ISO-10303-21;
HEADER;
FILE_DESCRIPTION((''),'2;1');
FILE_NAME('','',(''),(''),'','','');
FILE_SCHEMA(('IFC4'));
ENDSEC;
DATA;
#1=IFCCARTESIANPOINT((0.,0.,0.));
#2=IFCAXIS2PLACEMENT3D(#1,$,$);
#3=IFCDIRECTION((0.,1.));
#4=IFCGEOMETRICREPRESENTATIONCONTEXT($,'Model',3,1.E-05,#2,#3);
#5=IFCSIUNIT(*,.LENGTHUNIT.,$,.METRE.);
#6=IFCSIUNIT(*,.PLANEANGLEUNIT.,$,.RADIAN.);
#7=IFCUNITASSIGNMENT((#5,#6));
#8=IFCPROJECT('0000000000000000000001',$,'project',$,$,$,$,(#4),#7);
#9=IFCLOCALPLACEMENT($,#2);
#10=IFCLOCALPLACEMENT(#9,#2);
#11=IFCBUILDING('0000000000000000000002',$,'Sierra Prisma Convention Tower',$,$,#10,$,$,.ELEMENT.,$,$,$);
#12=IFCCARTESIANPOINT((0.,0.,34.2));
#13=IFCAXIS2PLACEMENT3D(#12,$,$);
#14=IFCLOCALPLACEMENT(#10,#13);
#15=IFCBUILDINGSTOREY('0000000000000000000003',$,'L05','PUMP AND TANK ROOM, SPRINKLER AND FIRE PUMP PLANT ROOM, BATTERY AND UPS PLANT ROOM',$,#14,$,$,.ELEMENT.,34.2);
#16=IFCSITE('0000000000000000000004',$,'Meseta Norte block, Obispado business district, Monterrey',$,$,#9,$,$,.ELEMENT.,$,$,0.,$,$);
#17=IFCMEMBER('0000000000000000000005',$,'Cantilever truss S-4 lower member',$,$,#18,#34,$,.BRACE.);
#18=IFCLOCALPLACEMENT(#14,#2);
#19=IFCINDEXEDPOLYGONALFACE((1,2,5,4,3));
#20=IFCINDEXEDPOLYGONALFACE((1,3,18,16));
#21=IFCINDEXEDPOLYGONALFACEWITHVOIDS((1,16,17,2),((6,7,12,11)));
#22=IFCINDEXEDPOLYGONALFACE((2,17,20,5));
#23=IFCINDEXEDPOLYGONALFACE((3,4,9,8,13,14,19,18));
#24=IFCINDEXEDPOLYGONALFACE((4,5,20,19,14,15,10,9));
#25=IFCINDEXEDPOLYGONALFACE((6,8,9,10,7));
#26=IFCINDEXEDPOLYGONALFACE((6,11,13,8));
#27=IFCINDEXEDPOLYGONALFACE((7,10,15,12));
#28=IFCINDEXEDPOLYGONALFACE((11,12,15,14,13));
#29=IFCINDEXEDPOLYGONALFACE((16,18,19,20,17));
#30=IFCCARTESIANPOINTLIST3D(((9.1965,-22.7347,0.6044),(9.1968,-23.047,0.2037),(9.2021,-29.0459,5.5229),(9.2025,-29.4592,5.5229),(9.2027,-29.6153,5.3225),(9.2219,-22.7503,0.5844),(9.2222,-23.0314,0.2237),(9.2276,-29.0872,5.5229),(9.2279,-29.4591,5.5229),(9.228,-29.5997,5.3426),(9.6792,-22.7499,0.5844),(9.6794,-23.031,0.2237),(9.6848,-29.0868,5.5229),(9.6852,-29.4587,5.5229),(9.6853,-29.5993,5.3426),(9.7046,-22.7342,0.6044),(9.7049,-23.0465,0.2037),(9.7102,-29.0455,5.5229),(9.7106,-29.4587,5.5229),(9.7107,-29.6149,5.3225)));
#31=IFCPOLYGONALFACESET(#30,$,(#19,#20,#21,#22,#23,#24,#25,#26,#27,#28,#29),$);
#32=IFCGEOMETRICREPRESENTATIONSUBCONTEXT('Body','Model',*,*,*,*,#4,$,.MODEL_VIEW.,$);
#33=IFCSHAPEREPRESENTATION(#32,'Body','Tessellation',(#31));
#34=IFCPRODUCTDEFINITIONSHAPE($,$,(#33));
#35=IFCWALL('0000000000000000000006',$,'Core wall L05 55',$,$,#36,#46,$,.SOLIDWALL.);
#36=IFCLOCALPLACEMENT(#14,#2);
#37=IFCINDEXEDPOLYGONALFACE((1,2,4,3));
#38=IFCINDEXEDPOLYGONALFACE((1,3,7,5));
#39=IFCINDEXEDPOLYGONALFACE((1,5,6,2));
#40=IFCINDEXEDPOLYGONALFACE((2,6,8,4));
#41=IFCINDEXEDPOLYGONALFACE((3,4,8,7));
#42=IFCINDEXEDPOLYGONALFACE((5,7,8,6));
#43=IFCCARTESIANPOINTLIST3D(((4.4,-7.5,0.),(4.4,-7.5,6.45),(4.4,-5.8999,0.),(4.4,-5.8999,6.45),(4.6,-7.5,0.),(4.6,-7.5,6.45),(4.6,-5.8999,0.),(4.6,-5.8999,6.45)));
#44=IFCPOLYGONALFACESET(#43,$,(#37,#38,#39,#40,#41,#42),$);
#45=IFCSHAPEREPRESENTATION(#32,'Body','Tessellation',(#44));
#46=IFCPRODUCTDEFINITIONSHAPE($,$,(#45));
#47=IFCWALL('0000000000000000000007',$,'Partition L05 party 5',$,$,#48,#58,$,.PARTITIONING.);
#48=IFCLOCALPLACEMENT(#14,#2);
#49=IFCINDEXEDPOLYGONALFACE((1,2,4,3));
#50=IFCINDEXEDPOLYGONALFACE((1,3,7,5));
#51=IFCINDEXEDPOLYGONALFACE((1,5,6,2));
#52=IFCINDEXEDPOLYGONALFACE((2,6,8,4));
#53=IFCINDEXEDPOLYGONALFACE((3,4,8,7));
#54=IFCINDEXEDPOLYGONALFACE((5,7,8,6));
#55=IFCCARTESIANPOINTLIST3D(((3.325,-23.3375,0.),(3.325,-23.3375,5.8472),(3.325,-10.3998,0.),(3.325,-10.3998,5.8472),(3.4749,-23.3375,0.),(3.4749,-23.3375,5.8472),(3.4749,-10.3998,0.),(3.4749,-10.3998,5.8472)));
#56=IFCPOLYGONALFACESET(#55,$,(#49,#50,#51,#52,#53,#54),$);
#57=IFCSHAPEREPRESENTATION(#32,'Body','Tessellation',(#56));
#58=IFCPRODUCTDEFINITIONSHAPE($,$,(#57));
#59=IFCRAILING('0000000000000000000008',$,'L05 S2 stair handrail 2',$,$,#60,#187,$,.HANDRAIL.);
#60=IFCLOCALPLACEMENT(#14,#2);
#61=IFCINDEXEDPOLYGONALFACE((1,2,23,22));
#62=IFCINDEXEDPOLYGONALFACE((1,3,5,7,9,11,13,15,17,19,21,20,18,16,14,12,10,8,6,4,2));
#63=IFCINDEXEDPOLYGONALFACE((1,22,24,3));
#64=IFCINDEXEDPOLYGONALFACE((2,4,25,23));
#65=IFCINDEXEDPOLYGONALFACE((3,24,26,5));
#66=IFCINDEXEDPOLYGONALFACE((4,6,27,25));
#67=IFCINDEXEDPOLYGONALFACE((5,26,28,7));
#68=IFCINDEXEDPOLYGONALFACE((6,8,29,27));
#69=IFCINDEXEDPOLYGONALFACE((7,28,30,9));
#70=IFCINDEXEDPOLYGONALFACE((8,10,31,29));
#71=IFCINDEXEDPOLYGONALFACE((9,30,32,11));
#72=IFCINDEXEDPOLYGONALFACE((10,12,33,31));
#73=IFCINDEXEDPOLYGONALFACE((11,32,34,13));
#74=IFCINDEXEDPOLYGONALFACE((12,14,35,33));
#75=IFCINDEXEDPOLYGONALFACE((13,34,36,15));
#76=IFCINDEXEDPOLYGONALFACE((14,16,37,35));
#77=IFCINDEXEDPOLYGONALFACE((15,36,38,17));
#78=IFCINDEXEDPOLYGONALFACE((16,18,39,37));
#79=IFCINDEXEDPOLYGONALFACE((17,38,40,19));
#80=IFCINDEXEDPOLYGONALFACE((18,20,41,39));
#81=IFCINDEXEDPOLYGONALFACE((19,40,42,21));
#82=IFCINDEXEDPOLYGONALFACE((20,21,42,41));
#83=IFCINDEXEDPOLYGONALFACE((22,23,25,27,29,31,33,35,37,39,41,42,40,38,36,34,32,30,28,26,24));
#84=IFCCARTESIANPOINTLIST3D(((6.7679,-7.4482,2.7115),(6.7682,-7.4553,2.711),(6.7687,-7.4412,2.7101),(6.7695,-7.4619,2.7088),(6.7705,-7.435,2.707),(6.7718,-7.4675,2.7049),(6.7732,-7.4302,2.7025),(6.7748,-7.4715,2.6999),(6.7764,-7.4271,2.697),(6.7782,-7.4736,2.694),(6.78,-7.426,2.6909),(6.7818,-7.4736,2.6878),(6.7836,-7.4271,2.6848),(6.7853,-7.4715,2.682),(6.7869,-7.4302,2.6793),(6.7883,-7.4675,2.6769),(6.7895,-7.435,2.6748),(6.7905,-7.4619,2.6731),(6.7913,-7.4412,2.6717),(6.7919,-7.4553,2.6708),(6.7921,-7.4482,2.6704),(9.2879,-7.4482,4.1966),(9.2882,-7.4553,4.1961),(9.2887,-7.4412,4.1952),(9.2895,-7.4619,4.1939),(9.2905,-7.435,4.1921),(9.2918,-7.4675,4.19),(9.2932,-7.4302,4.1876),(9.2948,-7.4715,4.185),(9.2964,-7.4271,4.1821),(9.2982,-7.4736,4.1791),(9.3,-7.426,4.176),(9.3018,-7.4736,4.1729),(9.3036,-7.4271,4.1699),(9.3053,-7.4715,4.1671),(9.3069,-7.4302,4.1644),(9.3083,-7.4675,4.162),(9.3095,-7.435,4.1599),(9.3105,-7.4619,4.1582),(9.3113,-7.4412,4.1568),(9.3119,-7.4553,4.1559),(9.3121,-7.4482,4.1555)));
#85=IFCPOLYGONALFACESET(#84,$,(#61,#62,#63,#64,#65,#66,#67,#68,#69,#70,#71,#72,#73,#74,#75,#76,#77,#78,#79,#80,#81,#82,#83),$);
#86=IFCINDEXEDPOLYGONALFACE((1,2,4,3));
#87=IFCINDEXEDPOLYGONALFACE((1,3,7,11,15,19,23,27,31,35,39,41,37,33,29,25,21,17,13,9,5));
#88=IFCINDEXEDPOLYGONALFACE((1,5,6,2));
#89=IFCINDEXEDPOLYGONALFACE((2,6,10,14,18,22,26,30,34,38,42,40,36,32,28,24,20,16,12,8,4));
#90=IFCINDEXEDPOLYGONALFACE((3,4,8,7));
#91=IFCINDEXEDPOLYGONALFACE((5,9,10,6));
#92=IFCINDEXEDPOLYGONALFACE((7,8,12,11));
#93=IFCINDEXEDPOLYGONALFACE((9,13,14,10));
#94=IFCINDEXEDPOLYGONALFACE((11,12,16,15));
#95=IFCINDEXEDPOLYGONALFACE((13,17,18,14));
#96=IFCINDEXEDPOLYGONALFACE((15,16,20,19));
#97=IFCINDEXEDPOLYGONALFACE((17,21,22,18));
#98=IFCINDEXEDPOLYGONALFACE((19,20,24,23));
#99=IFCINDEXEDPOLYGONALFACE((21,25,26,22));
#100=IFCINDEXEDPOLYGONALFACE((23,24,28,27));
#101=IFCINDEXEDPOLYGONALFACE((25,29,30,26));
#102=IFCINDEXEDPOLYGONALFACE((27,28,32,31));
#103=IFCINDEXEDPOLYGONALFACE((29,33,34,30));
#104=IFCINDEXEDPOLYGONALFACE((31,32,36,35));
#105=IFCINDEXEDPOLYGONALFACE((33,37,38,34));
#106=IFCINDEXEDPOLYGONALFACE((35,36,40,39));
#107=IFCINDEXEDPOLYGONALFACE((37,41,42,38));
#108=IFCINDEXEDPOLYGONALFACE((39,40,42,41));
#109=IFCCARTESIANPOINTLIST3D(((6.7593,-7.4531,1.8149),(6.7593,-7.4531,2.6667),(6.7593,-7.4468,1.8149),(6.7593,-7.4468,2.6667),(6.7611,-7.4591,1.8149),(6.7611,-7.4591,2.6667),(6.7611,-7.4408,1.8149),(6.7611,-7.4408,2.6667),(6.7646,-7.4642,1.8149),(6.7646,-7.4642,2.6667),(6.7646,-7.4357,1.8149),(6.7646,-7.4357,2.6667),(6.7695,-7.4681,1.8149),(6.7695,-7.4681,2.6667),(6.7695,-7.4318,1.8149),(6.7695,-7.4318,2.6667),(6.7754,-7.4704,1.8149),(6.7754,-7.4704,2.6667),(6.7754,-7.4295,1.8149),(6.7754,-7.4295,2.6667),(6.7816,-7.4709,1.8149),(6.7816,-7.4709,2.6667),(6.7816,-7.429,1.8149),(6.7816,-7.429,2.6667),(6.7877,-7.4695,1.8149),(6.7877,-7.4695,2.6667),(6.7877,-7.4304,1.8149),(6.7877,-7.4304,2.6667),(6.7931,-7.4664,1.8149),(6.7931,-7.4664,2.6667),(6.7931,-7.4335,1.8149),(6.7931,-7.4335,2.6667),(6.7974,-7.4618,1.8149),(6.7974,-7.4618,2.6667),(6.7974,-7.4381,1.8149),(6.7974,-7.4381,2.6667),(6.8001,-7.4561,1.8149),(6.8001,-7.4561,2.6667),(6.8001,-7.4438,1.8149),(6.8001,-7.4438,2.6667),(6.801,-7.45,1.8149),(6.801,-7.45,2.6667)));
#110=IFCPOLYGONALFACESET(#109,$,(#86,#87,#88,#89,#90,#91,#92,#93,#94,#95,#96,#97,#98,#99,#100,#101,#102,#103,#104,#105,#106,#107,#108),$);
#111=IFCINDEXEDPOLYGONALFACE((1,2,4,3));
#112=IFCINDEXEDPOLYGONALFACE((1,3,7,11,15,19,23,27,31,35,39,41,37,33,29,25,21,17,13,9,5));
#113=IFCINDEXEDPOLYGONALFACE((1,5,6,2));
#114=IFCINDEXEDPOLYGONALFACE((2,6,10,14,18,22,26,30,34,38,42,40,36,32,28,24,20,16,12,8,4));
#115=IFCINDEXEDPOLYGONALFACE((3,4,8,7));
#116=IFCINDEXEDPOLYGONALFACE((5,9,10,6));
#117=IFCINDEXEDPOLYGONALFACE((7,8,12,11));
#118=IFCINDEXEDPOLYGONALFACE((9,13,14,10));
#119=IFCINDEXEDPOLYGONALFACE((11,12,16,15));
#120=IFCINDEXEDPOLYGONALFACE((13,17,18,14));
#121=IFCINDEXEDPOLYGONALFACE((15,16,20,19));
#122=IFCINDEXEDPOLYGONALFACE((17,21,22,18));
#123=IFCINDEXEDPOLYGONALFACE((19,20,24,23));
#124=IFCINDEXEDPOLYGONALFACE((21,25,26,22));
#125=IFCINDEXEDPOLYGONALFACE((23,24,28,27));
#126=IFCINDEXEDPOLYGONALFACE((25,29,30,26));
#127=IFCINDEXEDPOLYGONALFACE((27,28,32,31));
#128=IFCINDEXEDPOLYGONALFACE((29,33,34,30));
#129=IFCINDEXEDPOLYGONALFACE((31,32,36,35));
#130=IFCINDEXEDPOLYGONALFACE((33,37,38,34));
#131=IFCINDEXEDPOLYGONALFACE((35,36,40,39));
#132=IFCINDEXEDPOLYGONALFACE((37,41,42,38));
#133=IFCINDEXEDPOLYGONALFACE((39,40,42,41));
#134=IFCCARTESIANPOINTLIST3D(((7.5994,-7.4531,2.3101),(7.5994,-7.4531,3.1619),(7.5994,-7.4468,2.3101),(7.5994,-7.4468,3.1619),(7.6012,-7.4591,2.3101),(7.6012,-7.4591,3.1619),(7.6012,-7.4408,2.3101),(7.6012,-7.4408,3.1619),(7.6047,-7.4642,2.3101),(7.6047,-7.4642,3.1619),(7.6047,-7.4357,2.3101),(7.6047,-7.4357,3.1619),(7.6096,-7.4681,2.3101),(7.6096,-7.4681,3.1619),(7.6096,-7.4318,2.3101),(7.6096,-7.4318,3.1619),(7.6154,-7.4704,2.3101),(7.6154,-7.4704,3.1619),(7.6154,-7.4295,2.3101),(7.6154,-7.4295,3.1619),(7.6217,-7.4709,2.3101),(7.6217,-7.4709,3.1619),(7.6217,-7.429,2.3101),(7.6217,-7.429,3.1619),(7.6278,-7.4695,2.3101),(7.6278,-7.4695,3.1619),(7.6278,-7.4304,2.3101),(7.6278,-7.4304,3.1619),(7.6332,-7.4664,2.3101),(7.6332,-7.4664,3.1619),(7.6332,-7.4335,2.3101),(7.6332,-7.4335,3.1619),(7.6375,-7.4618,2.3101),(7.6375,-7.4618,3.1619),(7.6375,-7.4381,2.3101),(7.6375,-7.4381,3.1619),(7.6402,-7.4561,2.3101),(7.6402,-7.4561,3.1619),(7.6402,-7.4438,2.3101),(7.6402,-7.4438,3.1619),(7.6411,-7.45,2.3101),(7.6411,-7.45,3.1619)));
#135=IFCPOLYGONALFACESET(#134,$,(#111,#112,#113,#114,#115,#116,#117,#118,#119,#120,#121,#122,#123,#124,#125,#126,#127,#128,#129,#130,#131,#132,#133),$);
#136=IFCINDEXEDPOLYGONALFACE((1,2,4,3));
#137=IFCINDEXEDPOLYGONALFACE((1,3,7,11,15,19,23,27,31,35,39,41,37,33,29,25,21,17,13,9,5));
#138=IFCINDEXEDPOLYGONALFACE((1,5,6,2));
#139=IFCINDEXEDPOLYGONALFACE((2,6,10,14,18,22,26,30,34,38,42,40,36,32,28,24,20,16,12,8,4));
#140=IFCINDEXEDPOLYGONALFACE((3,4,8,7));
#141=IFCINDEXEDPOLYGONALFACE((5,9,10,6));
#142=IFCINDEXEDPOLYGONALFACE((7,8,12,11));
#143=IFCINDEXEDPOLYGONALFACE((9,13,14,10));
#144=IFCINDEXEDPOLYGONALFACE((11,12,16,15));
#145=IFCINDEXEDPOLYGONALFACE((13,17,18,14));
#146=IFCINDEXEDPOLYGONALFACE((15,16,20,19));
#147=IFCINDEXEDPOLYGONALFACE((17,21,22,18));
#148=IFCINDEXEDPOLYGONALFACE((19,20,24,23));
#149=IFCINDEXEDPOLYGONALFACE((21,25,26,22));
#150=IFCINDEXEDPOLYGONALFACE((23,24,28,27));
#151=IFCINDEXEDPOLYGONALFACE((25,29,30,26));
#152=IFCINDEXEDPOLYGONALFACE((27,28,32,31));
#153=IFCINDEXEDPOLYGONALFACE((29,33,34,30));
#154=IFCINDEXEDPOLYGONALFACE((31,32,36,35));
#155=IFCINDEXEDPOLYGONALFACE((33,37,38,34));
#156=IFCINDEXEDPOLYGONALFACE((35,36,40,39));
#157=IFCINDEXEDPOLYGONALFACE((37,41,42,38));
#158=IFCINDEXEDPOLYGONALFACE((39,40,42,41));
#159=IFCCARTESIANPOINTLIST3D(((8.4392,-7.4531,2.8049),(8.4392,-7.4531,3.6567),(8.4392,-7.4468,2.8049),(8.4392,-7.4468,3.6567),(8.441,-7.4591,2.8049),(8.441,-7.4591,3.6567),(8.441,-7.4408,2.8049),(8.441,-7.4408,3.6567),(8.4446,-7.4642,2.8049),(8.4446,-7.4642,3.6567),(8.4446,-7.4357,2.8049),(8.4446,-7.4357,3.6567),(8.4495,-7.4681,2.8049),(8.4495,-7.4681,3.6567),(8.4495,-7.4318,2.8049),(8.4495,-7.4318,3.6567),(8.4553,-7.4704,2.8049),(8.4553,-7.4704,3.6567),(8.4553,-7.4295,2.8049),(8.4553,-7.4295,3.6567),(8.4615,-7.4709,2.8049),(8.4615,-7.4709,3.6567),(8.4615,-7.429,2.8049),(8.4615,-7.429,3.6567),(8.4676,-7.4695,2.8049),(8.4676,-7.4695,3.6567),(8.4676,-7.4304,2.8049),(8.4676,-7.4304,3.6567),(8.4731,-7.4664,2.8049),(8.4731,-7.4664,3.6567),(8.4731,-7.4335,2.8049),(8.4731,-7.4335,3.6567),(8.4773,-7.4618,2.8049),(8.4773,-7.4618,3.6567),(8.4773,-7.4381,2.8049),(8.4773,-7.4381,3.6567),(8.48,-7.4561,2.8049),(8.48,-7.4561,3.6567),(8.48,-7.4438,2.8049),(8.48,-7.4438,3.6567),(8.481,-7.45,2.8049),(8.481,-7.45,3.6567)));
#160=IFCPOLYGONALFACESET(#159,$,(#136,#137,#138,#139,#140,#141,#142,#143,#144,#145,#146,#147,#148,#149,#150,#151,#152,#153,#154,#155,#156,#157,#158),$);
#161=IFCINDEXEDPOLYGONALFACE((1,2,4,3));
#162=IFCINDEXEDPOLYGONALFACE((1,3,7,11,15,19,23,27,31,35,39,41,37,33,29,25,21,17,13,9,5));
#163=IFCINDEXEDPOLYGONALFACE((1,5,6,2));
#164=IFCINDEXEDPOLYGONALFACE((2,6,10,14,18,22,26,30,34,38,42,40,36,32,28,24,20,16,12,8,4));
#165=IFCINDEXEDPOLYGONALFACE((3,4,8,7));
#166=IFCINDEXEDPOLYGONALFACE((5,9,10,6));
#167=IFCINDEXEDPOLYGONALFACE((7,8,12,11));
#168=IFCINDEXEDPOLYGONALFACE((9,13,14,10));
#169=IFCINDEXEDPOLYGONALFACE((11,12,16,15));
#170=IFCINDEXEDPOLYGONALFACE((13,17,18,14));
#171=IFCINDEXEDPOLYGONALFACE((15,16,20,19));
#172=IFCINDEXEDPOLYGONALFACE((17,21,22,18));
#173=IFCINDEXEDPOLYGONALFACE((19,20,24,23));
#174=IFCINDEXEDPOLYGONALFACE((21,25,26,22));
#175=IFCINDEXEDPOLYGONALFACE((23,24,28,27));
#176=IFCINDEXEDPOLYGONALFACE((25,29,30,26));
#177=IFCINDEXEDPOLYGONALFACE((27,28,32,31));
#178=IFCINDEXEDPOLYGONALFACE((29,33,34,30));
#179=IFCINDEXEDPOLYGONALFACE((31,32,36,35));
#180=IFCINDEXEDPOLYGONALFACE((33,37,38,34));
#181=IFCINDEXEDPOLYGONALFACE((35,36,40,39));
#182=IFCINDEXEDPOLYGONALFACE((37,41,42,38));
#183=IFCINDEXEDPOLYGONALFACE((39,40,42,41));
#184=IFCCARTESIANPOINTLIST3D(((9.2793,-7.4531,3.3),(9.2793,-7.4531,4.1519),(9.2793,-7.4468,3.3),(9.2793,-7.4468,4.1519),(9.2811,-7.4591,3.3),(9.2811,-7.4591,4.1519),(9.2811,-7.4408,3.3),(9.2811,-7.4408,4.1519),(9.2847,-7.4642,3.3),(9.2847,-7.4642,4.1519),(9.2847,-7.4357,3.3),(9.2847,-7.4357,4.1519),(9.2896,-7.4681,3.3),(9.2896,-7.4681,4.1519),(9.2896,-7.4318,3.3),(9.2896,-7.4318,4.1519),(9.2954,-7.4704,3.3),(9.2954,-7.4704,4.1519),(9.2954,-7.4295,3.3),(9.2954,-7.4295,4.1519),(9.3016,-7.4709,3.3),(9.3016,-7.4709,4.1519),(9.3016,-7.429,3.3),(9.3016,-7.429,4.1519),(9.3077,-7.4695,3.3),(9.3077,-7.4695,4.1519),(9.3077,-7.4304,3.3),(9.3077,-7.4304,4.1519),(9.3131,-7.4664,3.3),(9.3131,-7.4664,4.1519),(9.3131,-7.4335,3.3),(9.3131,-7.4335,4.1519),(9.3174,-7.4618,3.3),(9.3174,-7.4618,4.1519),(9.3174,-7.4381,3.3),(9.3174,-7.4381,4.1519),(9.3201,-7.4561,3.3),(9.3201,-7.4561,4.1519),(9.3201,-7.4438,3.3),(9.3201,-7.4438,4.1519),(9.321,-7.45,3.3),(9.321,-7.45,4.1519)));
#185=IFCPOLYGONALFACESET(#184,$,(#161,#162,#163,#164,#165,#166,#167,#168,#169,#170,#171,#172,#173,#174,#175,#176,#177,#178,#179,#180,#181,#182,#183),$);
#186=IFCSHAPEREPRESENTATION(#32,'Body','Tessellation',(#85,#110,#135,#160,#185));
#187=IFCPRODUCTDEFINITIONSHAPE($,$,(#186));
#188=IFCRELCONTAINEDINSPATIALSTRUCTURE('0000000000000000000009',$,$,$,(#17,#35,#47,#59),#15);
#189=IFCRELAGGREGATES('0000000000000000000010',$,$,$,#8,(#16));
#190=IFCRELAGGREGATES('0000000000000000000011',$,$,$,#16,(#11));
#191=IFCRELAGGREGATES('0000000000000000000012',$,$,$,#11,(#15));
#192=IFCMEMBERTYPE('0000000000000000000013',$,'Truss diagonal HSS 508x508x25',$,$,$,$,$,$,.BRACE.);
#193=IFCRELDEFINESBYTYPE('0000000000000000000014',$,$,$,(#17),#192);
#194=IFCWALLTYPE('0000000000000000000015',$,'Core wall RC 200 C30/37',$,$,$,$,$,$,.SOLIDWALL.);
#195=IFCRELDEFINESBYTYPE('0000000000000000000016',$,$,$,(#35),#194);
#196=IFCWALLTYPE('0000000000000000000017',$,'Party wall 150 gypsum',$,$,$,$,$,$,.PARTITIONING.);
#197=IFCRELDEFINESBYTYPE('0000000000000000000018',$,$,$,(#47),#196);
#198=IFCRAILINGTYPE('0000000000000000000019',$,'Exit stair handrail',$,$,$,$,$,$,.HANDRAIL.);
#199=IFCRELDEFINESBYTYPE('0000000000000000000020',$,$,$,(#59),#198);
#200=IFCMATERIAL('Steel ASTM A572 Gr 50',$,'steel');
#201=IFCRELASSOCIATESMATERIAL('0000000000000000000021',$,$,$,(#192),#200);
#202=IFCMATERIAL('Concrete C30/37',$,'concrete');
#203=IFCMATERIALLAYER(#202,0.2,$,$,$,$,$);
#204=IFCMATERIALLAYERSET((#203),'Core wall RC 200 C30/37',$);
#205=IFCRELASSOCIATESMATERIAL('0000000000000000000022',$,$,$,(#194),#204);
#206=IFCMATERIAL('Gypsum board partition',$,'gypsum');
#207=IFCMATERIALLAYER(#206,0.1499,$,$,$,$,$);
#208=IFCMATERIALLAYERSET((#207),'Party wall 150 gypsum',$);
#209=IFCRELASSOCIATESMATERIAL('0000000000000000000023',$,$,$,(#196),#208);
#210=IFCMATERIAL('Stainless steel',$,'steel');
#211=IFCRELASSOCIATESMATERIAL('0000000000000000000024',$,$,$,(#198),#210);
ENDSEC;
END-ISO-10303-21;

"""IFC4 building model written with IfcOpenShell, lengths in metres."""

from ifc_helpers import new_model, si_unit, direction, frame, frame_2d, origin, origin_2d, place, context, subcontext, project, spatial, rectangle, hollow_rectangle, circle, extrude, clip, halfspace, material, layer, layer_set, material_profile, profile_set, type_object, element, save


model = new_model("IFC4")

# Units and contexts
model_context = context("Model", 3, precision=1e-05, world=origin(), true_north=direction((0.0, 1.0)))
body_context = subcontext(model_context, "Body", "Model", "MODEL_VIEW")
ifc_project = project(units=[si_unit("LENGTHUNIT", "METRE"), si_unit("PLANEANGLEUNIT", "RADIAN")], contexts=[model_context])

# Site, building, storey
site_placement = place(None, origin())
site = spatial("IfcSite", under=ifc_project, at=site_placement, Name="Meseta Norte block, Obispado business district, Monterrey", CompositionType="ELEMENT", RefElevation=0.0)
building_placement = place(site_placement, origin())
building = spatial("IfcBuilding", under=site, at=building_placement, Name="Sierra Prisma Convention Tower", CompositionType="ELEMENT")
storey_placement = place(building_placement, frame((0.0, 0.0, 34.2)))
storey = spatial("IfcBuildingStorey", under=building, at=storey_placement, Name="L05", Description="PUMP AND TANK ROOM, SPRINKLER AND FIRE PUMP PLANT ROOM, BATTERY AND UPS PLANT ROOM", CompositionType="ELEMENT", Elevation=34.2)

# Member
ifc_material_1 = material(Name="Steel ASTM A572 Gr 50", Category="steel")
ifc_material_profile_1 = material_profile(ifc_material_1, hollow_rectangle(XDim=0.5081, YDim=0.5081, WallThickness=0.0254, at=origin_2d()), Name="Truss diagonal HSS 508x508x25")
ifc_profile_set_1 = profile_set([ifc_material_profile_1], Name="Steel ASTM A572 Gr 50")
member_type = type_object("IfcMemberType", Name="Truss diagonal HSS 508x508x25", PredefinedType="BRACE", material=ifc_profile_set_1)
member_placement = place(storey_placement, frame((9.4507, -22.8906, 0.4041), z_axis=(0.000704, -0.78876, 0.614701), x_axis=(1.0, 0.000892, 0.0)))
element("IfcMember", 1, at=member_placement, inside=storey, type_object=member_type, Name="Cantilever truss S-4 lower member", PredefinedType="BRACE", context=body_context, shape_type="SweptSolid", body=[
    clip(extrude(hollow_rectangle(XDim=0.5081, YDim=0.5081, WallThickness=0.0254, at=origin_2d()), origin(), (0.0, 0.0, 1.0), 8.3274), halfspace(frame((0.0, 0.0, 8.3274), z_axis=(0.0, -0.78876, -0.614701), x_axis=(1.0, 0.0, 0.0)), True)),
])

# Walls
ifc_material_2 = material(Name="Concrete C30/37", Category="concrete")
ifc_layer_1 = layer(ifc_material_2, 0.2)
ifc_layer_set_1 = layer_set([ifc_layer_1], Name="Core wall RC 200 C30/37")
wall_type_1 = type_object("IfcWallType", Name="Core wall RC 200 C30/37", PredefinedType="SOLIDWALL", material=ifc_layer_set_1)
wall_1_placement = place(storey_placement, frame((4.5, -7.5, 0.0), z_axis=(0.0, 0.0, 1.0), x_axis=(0.0, 1.0, 0.0)))
element("IfcWall", 2, at=wall_1_placement, inside=storey, type_object=wall_type_1, Name="Core wall L05 55", PredefinedType="SOLIDWALL", context=body_context, shape_type="SweptSolid", body=[
    extrude(rectangle(XDim=1.6001, YDim=0.2, at=frame_2d((0.8, 0.0))), origin(), (0.0, 0.0, 1.0), 6.45),
])
ifc_material_3 = material(Name="Gypsum board partition", Category="gypsum")
ifc_layer_2 = layer(ifc_material_3, 0.1499)
ifc_layer_set_2 = layer_set([ifc_layer_2], Name="Party wall 150 gypsum")
wall_type_2 = type_object("IfcWallType", Name="Party wall 150 gypsum", PredefinedType="PARTITIONING", material=ifc_layer_set_2)
wall_2_placement = place(storey_placement, frame((3.3999, -10.3999, 0.0), z_axis=(0.0, 0.0, 1.0), x_axis=(0.0, -1.0, 0.0)))
element("IfcWall", 3, at=wall_2_placement, inside=storey, type_object=wall_type_2, Name="Partition L05 party 5", PredefinedType="PARTITIONING", context=body_context, shape_type="SweptSolid", body=[
    extrude(rectangle(XDim=12.9377, YDim=0.1499, at=frame_2d((6.4688, 0.0))), origin(), (0.0, 0.0, 1.0), 5.8472),
])

# Railing
ifc_material_4 = material(Name="Stainless steel", Category="steel")
railing_type = type_object("IfcRailingType", Name="Exit stair handrail", PredefinedType="HANDRAIL", material=ifc_material_4)
for number, where, name in (
    (4, (6.78, -7.45, 1.8149), "L05 S2 stair handrail 2"),
):
    element("IfcRailing", number, at=place(storey_placement, frame(where)), inside=storey, type_object=railing_type, Name=name, PredefinedType="HANDRAIL", context=body_context, shape_type="SweptSolid", body=[
        extrude(circle(Radius=0.0239, at=origin_2d()), frame((0.0, 0.0, 0.876), z_axis=(0.861524, 0.0, 0.507717), x_axis=(0.0, 1.0, 0.0)), (0.0, 0.0, 1.0), 2.925),
        extrude(circle(Radius=0.021, at=origin_2d()), origin(), (0.0, 0.0, 1.0), 0.8518),
        extrude(circle(Radius=0.021, at=origin_2d()), frame((0.8401, 0.0, 0.4951)), (0.0, 0.0, 1.0), 0.8518),
        extrude(circle(Radius=0.021, at=origin_2d()), frame((1.6799, 0.0, 0.99)), (0.0, 0.0, 1.0), 0.8518),
        extrude(circle(Radius=0.021, at=origin_2d()), frame((2.52, 0.0, 1.4851)), (0.0, 0.0, 1.0), 0.8518),
    ])

save(model, "model.ifc")
